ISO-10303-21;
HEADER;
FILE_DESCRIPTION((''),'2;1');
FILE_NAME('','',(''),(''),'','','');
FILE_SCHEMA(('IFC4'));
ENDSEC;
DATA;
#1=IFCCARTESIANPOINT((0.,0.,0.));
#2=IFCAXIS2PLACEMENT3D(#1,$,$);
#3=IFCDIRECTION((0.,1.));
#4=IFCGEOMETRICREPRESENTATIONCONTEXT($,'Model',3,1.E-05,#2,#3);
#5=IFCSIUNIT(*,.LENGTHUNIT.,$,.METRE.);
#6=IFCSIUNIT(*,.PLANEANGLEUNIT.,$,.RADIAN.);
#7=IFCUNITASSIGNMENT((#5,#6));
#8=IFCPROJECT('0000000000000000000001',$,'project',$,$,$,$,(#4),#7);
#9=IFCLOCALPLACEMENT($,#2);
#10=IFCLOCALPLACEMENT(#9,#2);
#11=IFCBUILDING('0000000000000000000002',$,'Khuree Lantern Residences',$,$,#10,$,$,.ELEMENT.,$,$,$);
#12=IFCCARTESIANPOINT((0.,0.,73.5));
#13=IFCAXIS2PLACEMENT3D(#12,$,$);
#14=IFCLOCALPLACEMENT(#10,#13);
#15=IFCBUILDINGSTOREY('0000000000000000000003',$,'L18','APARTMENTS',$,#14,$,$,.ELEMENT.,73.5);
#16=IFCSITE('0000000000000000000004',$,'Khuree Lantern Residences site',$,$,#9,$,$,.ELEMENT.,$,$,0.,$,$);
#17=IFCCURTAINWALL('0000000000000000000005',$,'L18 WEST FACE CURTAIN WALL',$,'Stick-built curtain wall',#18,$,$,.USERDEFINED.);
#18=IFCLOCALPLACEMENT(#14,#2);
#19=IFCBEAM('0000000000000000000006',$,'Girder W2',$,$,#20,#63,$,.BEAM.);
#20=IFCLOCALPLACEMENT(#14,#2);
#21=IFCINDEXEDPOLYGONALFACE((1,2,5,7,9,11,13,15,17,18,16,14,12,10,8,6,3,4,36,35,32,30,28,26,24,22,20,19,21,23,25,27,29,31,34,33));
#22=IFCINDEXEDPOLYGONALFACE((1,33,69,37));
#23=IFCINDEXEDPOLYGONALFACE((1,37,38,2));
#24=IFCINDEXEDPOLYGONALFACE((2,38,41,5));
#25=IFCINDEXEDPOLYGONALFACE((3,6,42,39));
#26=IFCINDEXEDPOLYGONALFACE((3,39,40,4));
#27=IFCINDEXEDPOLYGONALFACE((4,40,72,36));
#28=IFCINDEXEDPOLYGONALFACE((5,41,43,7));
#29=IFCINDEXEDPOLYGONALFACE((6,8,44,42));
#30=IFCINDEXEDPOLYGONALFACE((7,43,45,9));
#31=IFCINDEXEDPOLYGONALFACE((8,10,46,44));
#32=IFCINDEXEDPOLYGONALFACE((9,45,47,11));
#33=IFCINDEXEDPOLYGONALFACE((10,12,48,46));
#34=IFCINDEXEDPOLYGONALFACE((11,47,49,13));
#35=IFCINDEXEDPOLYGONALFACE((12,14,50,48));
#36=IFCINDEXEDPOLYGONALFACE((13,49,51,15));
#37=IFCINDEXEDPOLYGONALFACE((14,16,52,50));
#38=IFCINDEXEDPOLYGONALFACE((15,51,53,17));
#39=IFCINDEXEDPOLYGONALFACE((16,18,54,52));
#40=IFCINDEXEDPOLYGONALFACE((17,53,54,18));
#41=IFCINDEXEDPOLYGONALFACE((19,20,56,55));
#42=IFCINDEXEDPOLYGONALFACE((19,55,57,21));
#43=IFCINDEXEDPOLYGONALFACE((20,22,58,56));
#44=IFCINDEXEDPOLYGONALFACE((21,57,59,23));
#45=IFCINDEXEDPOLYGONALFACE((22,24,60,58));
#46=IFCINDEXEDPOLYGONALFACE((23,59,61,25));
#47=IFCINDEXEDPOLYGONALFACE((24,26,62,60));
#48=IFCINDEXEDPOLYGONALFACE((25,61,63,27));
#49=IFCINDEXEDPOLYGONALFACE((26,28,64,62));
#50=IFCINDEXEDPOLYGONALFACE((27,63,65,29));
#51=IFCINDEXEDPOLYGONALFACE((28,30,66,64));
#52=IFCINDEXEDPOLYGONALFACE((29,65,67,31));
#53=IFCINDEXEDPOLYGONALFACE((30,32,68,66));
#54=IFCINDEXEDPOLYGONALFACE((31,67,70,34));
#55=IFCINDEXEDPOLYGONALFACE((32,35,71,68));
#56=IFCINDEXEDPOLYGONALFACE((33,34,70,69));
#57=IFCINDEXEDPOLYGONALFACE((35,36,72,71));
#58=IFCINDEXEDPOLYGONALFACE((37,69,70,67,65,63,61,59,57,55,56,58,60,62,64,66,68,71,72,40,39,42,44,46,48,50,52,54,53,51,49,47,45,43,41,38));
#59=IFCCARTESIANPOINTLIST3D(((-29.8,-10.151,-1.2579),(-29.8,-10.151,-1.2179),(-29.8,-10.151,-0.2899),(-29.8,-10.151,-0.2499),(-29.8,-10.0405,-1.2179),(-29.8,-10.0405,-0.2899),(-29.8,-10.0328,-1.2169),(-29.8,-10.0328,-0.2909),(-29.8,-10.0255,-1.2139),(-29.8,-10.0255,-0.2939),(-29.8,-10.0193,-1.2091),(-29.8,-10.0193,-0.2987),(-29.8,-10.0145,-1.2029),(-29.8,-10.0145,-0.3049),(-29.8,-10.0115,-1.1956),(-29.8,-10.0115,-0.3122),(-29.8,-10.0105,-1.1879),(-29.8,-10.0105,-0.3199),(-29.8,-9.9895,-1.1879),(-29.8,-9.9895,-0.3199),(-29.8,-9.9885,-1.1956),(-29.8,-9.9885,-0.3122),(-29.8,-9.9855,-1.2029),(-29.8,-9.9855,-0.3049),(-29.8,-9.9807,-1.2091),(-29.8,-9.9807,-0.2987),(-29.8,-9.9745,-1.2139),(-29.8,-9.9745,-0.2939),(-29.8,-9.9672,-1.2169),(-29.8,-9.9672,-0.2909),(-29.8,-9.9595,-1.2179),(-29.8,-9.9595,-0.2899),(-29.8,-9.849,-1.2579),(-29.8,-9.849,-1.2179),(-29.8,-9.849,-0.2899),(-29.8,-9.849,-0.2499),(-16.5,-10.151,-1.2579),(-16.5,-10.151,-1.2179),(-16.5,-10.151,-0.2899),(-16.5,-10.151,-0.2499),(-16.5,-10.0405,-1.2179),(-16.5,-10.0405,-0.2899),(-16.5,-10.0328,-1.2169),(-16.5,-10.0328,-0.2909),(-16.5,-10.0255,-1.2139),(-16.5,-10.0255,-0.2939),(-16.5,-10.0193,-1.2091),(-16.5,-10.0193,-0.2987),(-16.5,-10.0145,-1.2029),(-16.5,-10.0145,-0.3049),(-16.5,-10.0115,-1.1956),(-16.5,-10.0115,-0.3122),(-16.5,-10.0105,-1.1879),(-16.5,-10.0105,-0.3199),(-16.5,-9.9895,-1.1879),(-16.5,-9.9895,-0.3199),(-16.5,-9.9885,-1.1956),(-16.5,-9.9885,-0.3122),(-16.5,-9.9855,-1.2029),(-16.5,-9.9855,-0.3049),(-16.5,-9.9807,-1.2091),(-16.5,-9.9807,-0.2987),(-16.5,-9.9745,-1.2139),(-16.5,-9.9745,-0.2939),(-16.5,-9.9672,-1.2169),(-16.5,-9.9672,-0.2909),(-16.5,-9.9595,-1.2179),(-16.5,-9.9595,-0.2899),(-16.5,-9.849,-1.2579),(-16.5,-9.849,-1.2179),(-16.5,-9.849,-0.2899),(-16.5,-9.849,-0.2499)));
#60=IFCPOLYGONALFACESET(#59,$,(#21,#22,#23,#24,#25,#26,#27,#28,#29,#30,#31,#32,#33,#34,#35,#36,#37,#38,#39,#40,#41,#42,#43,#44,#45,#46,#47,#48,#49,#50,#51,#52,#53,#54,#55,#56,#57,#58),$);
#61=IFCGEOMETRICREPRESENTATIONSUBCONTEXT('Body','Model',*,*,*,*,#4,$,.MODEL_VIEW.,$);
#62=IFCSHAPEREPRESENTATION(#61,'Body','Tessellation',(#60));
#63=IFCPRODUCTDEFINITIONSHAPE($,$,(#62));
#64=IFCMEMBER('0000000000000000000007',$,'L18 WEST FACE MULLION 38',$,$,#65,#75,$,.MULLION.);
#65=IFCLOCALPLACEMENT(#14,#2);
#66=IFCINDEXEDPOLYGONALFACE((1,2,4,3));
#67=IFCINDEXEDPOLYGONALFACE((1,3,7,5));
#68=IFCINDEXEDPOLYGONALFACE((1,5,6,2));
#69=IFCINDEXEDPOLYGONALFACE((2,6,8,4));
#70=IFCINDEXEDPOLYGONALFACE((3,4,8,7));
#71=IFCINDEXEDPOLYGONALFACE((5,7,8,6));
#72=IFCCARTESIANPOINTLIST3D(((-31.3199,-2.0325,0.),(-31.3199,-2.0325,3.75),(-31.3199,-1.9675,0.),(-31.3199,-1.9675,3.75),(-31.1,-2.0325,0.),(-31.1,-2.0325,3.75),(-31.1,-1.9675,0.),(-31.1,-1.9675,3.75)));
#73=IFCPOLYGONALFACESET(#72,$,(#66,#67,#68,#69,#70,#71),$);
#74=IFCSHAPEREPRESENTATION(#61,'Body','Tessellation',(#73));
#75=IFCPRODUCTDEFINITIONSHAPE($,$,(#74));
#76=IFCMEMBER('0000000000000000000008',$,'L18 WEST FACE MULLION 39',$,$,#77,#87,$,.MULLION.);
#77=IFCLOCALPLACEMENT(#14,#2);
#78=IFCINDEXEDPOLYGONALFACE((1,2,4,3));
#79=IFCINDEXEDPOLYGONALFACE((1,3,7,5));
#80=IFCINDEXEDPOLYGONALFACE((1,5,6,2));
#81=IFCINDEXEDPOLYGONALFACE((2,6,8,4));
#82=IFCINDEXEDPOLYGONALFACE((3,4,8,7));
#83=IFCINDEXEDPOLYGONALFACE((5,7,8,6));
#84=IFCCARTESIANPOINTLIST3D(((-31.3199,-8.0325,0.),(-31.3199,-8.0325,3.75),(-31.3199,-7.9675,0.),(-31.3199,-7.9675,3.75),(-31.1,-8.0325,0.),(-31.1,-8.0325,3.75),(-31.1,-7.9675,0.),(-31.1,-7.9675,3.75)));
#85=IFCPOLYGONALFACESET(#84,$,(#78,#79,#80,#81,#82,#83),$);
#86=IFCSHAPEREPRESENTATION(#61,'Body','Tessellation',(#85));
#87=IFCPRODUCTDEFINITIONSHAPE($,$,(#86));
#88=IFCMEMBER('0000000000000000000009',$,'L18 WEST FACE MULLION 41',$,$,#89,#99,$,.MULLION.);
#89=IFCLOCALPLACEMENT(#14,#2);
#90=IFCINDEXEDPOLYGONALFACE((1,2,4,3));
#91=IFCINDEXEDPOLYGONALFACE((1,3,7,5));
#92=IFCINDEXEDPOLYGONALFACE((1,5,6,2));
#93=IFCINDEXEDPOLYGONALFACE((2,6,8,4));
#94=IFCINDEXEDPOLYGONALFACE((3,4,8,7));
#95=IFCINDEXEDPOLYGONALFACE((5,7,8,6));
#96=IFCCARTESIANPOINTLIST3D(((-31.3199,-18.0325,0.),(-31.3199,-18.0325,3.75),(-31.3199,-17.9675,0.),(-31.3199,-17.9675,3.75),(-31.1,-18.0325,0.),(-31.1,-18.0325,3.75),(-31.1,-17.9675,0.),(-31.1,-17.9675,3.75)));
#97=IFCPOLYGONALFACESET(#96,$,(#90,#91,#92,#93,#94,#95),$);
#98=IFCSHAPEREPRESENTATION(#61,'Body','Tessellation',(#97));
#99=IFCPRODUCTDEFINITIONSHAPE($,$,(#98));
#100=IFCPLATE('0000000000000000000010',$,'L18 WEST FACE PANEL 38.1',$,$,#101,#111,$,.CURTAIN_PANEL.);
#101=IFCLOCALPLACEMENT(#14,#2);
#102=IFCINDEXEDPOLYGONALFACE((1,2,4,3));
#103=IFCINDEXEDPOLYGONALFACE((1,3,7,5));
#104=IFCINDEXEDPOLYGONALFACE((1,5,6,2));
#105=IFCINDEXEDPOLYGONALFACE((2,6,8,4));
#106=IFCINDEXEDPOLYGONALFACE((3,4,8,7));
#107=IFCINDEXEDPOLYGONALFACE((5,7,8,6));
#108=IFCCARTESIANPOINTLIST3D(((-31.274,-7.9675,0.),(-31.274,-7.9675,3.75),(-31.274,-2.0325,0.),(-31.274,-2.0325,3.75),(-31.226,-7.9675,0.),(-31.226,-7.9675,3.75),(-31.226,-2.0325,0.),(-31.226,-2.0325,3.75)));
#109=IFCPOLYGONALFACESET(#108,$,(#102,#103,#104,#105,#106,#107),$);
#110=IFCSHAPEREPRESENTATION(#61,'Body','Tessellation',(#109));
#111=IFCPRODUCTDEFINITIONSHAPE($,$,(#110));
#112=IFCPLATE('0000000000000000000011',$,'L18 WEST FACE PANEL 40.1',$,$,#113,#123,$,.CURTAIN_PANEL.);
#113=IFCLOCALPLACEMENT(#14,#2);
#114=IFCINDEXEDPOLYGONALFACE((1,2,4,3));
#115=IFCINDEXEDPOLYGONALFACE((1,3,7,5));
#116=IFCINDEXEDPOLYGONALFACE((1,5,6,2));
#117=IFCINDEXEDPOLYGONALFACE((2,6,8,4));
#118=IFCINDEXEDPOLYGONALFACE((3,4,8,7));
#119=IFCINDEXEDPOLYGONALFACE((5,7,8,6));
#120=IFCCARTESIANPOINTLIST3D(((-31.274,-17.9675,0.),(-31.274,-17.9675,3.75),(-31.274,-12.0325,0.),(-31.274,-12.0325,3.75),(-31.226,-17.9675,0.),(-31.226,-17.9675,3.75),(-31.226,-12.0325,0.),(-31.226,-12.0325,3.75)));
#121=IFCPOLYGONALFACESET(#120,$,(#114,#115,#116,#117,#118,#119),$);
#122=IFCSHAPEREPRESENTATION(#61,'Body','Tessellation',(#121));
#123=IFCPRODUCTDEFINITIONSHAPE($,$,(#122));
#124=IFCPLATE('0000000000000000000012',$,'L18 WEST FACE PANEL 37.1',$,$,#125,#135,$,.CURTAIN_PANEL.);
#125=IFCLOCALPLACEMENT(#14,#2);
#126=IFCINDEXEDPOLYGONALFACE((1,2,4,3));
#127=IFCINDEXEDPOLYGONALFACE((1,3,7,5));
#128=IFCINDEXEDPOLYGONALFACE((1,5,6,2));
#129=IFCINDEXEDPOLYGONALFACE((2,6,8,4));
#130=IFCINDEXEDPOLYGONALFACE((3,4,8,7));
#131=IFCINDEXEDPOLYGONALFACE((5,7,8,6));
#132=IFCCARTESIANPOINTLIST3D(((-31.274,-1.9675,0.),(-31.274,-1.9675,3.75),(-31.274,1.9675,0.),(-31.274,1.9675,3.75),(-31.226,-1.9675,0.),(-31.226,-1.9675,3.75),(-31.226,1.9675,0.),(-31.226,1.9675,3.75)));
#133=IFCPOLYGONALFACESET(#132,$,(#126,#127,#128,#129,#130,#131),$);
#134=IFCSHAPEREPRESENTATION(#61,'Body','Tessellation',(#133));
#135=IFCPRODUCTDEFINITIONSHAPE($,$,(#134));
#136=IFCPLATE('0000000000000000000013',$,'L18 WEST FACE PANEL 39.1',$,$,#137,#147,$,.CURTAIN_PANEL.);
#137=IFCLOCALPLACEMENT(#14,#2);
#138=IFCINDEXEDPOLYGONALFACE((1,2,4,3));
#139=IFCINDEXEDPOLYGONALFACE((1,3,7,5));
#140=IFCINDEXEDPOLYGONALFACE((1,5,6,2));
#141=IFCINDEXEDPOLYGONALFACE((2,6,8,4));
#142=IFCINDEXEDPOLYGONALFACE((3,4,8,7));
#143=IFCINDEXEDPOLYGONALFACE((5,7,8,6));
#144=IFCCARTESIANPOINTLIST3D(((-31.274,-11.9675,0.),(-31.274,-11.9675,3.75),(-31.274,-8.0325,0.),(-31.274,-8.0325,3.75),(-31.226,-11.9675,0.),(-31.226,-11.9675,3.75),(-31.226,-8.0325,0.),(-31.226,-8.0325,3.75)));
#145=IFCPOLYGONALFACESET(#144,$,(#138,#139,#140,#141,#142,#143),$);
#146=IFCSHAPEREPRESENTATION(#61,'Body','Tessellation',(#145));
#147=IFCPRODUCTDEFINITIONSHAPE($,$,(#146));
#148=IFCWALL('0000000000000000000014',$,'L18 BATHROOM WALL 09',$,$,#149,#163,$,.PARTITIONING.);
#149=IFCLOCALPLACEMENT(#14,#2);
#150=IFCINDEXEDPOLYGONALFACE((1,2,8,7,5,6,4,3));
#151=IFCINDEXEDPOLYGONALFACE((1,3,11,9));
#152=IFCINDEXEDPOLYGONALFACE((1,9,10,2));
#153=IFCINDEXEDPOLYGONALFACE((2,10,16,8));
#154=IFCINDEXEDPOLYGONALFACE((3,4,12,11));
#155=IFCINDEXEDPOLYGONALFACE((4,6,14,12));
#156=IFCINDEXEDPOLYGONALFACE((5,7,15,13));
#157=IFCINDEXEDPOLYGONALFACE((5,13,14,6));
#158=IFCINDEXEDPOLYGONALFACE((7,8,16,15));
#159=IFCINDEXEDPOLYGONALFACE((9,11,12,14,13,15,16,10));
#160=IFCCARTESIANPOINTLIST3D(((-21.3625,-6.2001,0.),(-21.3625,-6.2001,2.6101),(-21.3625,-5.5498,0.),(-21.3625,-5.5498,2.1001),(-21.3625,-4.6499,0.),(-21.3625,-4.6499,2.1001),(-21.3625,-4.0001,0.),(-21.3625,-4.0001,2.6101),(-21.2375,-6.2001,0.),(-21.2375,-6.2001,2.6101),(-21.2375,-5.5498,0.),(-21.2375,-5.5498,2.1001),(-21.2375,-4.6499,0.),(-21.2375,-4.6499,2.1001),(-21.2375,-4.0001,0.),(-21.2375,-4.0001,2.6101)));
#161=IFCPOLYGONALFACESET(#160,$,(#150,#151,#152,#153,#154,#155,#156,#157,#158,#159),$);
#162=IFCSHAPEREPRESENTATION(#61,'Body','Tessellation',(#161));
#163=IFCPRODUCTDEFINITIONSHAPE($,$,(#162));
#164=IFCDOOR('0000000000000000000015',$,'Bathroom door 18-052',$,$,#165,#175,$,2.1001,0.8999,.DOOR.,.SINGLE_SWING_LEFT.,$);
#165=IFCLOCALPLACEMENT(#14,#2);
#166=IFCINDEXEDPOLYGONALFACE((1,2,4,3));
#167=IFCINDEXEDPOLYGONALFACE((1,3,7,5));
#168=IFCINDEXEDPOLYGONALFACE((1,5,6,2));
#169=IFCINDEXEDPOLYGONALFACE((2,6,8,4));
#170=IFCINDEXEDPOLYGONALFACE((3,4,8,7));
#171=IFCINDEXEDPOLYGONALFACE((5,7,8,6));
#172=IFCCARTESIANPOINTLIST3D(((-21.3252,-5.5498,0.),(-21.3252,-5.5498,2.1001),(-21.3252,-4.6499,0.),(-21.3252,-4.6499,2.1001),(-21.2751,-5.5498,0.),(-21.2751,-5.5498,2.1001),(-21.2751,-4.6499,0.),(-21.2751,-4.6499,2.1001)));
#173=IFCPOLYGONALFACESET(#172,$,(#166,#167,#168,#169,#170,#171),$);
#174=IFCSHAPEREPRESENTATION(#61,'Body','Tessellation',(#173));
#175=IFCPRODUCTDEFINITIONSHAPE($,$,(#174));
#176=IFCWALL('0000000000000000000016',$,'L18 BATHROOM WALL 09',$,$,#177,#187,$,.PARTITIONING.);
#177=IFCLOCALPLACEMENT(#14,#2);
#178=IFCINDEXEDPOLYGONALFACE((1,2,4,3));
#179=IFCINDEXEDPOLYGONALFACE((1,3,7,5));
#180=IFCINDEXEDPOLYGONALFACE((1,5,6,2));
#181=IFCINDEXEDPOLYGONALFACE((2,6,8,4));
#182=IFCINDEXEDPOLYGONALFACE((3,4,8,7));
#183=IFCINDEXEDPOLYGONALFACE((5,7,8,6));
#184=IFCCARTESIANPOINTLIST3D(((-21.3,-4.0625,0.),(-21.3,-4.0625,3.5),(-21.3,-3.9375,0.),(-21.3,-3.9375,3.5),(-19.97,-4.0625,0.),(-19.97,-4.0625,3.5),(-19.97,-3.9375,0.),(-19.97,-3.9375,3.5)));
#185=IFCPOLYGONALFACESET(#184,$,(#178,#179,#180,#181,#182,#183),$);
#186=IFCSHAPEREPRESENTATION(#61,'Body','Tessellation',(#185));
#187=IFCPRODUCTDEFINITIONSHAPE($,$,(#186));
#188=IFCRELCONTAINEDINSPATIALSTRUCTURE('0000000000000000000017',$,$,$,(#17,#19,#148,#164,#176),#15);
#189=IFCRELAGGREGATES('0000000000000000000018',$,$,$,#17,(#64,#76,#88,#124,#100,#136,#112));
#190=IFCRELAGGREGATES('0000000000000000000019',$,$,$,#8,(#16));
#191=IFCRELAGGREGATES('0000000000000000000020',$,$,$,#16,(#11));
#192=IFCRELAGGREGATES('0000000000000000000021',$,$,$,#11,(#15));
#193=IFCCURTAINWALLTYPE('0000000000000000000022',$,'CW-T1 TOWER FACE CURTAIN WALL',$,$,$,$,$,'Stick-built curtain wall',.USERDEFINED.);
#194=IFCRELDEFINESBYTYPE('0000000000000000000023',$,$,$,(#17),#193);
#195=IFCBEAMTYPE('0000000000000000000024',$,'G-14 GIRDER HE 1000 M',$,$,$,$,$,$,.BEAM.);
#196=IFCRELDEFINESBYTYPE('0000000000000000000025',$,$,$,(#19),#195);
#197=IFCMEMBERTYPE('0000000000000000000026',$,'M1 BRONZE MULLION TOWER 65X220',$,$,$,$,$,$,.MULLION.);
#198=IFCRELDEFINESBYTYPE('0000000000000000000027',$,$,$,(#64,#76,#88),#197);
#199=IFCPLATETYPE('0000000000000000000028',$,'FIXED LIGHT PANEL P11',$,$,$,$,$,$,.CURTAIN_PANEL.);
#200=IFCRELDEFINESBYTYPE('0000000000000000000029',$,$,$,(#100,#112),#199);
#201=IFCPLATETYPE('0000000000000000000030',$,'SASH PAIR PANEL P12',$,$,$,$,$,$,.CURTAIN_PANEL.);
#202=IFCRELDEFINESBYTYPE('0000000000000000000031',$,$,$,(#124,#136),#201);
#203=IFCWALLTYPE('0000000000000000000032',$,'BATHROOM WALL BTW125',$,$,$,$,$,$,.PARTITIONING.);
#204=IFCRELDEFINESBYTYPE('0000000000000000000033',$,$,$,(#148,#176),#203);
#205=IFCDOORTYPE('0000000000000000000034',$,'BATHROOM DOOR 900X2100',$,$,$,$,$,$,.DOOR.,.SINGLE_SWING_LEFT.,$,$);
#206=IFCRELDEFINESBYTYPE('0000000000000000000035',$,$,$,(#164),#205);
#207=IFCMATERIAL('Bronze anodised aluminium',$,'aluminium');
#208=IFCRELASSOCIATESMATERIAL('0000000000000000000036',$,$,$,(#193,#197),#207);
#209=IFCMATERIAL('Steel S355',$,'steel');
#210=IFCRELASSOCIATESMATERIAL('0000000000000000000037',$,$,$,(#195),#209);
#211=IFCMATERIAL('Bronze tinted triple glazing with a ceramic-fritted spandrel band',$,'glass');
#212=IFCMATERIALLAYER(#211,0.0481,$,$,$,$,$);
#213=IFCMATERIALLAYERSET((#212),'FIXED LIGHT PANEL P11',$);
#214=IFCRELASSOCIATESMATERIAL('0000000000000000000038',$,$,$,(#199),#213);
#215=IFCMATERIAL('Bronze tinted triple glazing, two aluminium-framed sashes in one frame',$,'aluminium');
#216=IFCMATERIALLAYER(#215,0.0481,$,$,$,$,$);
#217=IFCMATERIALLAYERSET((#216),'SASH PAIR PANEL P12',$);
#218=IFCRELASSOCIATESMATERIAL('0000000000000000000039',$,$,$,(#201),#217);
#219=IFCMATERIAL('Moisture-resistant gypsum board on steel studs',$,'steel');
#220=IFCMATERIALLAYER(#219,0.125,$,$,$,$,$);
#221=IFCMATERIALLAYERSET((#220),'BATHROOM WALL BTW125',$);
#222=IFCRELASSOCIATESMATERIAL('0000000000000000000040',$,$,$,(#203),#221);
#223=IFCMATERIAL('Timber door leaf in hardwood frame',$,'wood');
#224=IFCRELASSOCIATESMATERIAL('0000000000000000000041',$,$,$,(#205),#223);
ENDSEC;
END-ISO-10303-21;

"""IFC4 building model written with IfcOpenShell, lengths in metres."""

from ifc_helpers import new_model, si_unit, direction, frame, frame_2d, origin, origin_2d, place, context, subcontext, project, spatial, rectangle, i_section, extrude, material, layer, layer_set, material_profile, profile_set, type_object, element, fill, aggregate, save


model = new_model("IFC4")

# Units and contexts
model_context = context("Model", 3, precision=1e-05, world=origin(), true_north=direction((0.0, 1.0)))
body_context = subcontext(model_context, "Body", "Model", "MODEL_VIEW")
ifc_project = project(units=[si_unit("LENGTHUNIT", "METRE"), si_unit("PLANEANGLEUNIT", "RADIAN")], contexts=[model_context])

# Site, building, storey
site_placement = place(None, origin())
site = spatial("IfcSite", under=ifc_project, at=site_placement, Name="Khuree Lantern Residences site", CompositionType="ELEMENT", RefElevation=0.0)
building_placement = place(site_placement, origin())
building = spatial("IfcBuilding", under=site, at=building_placement, Name="Khuree Lantern Residences", CompositionType="ELEMENT")
storey_placement = place(building_placement, frame((0.0, 0.0, 73.5)))
storey = spatial("IfcBuildingStorey", under=building, at=storey_placement, Name="L18", Description="APARTMENTS", CompositionType="ELEMENT", Elevation=73.5)

# Shared definitions
ifc_material_1 = material(Name="Steel S355", Category="steel")

# Curtain wall
ifc_material_2 = material(Name="Bronze anodised aluminium", Category="aluminium")
curtain_wall_type = type_object("IfcCurtainWallType", Name="CW-T1 TOWER FACE CURTAIN WALL", ElementType="Stick-built curtain wall", PredefinedType="USERDEFINED", material=ifc_material_2)
curtain_wall_placement = place(storey_placement, origin())
curtain_wall = element("IfcCurtainWall", 1, at=curtain_wall_placement, inside=storey, type_object=curtain_wall_type, Name="L18 WEST FACE CURTAIN WALL", ObjectType="Stick-built curtain wall", PredefinedType="USERDEFINED")

# Beam
ifc_material_profile_1 = material_profile(ifc_material_1, i_section(OverallWidth=0.302, OverallDepth=1.0081, WebThickness=0.021, FlangeThickness=0.04, FilletRadius=0.03, at=origin_2d()), Name="HE 1000 M")
ifc_profile_set_1 = profile_set([ifc_material_profile_1], Name="Steel S355")
beam_type_1 = type_object("IfcBeamType", Name="G-14 GIRDER HE 1000 M", PredefinedType="BEAM", material=ifc_profile_set_1)
beam_1_placement = place(storey_placement, frame((-29.8, -10.0, -0.7539), z_axis=(1.0, 0.0, 0.0), x_axis=(0.0, 1.0, 0.0)))
element("IfcBeam", 2, at=beam_1_placement, inside=storey, type_object=beam_type_1, Name="Girder W2", PredefinedType="BEAM", context=body_context, shape_type="SweptSolid", body=[
    extrude(i_section(OverallWidth=0.302, OverallDepth=1.0081, WebThickness=0.021, FlangeThickness=0.04, FilletRadius=0.03, at=origin_2d()), origin(), (0.0, 0.0, 1.0), 13.3),
])

# Members
ifc_material_profile_2 = material_profile(ifc_material_2, rectangle(XDim=0.0649, YDim=0.22, at=origin_2d()), Name="M1 65X220")
ifc_profile_set_2 = profile_set([ifc_material_profile_2], Name="Bronze anodised aluminium")
member_type_1 = type_object("IfcMemberType", Name="M1 BRONZE MULLION TOWER 65X220", PredefinedType="MULLION", material=ifc_profile_set_2)
member_1_placement = place(storey_placement, frame((-31.21, -2.0, 0.0), z_axis=(0.0, 0.0, 1.0), x_axis=(0.0, -1.0, 0.0)))
member_1 = element("IfcMember", 3, at=member_1_placement, type_object=member_type_1, Name="L18 WEST FACE MULLION 38", PredefinedType="MULLION", context=body_context, shape_type="SweptSolid", body=[
    extrude(rectangle(XDim=0.0649, YDim=0.22, at=origin_2d()), origin(), (0.0, 0.0, 1.0), 3.75),
])
member_2_placement = place(storey_placement, frame((-31.21, -8.0, 0.0), z_axis=(0.0, 0.0, 1.0), x_axis=(0.0, -1.0, 0.0)))
member_2 = element("IfcMember", 4, at=member_2_placement, type_object=member_type_1, Name="L18 WEST FACE MULLION 39", PredefinedType="MULLION", context=body_context, shape_type="SweptSolid", body=[
    extrude(rectangle(XDim=0.0649, YDim=0.22, at=origin_2d()), origin(), (0.0, 0.0, 1.0), 3.75),
])
member_3_placement = place(storey_placement, frame((-31.21, -18.0, 0.0), z_axis=(0.0, 0.0, 1.0), x_axis=(0.0, -1.0, 0.0)))
member_3 = element("IfcMember", 5, at=member_3_placement, type_object=member_type_1, Name="L18 WEST FACE MULLION 41", PredefinedType="MULLION", context=body_context, shape_type="SweptSolid", body=[
    extrude(rectangle(XDim=0.0649, YDim=0.22, at=origin_2d()), origin(), (0.0, 0.0, 1.0), 3.75),
])

# Plates
ifc_material_3 = material(Name="Bronze tinted triple glazing with a ceramic-fritted spandrel band", Category="glass")
ifc_layer_1 = layer(ifc_material_3, 0.0481)
ifc_layer_set_1 = layer_set([ifc_layer_1], Name="FIXED LIGHT PANEL P11")
plate_type_1 = type_object("IfcPlateType", Name="FIXED LIGHT PANEL P11", PredefinedType="CURTAIN_PANEL", material=ifc_layer_set_1)
plate_1_placement = place(storey_placement, frame((-31.25, -5.0, 0.0), z_axis=(0.0, 0.0, 1.0), x_axis=(0.0, -1.0, 0.0)))
plate_1 = element("IfcPlate", 6, at=plate_1_placement, type_object=plate_type_1, Name="L18 WEST FACE PANEL 38.1", PredefinedType="CURTAIN_PANEL", context=body_context, shape_type="SweptSolid", body=[
    extrude(rectangle(XDim=5.9351, YDim=0.0481, at=origin_2d()), origin(), (0.0, 0.0, 1.0), 3.75),
])
plate_2_placement = place(storey_placement, frame((-31.25, -15.0, 0.0), z_axis=(0.0, 0.0, 1.0), x_axis=(0.0, -1.0, 0.0)))
plate_2 = element("IfcPlate", 7, at=plate_2_placement, type_object=plate_type_1, Name="L18 WEST FACE PANEL 40.1", PredefinedType="CURTAIN_PANEL", context=body_context, shape_type="SweptSolid", body=[
    extrude(rectangle(XDim=5.9351, YDim=0.0481, at=origin_2d()), origin(), (0.0, 0.0, 1.0), 3.75),
])
ifc_material_4 = material(Name="Bronze tinted triple glazing, two aluminium-framed sashes in one frame", Category="aluminium")
ifc_layer_2 = layer(ifc_material_4, 0.0481)
ifc_layer_set_2 = layer_set([ifc_layer_2], Name="SASH PAIR PANEL P12")
plate_type_2 = type_object("IfcPlateType", Name="SASH PAIR PANEL P12", PredefinedType="CURTAIN_PANEL", material=ifc_layer_set_2)
plate_3_placement = place(storey_placement, frame((-31.25, 0.0, 0.0), z_axis=(0.0, 0.0, 1.0), x_axis=(0.0, -1.0, 0.0)))
plate_3 = element("IfcPlate", 8, at=plate_3_placement, type_object=plate_type_2, Name="L18 WEST FACE PANEL 37.1", PredefinedType="CURTAIN_PANEL", context=body_context, shape_type="SweptSolid", body=[
    extrude(rectangle(XDim=3.9351, YDim=0.0481, at=origin_2d()), origin(), (0.0, 0.0, 1.0), 3.75),
])
plate_4_placement = place(storey_placement, frame((-31.25, -10.0, 0.0), z_axis=(0.0, 0.0, 1.0), x_axis=(0.0, -1.0, 0.0)))
plate_4 = element("IfcPlate", 9, at=plate_4_placement, type_object=plate_type_2, Name="L18 WEST FACE PANEL 39.1", PredefinedType="CURTAIN_PANEL", context=body_context, shape_type="SweptSolid", body=[
    extrude(rectangle(XDim=3.9351, YDim=0.0481, at=origin_2d()), origin(), (0.0, 0.0, 1.0), 3.75),
])
aggregate(curtain_wall, [member_1, member_2, member_3, plate_3, plate_1, plate_4, plate_2])

# Wall, opening, door
ifc_material_5 = material(Name="Moisture-resistant gypsum board on steel studs", Category="steel")
ifc_layer_3 = layer(ifc_material_5, 0.125)
ifc_layer_set_3 = layer_set([ifc_layer_3], Name="BATHROOM WALL BTW125")
wall_type_1 = type_object("IfcWallType", Name="BATHROOM WALL BTW125", PredefinedType="PARTITIONING", material=ifc_layer_set_3)
wall_1_placement = place(storey_placement, frame((-21.3, -4.0, 0.0), z_axis=(0.0, 0.0, 1.0), x_axis=(0.0, -1.0, 0.0)))
wall_1 = element("IfcWall", 10, at=wall_1_placement, inside=storey, type_object=wall_type_1, Name="L18 BATHROOM WALL 09", PredefinedType="PARTITIONING", context=body_context, shape_type="SweptSolid", body=[
    extrude(rectangle(XDim=2.2, YDim=0.125, at=frame_2d((1.1001, 0.0))), origin(), (0.0, 0.0, 1.0), 2.6101),
])
opening_1_placement = place(wall_1_placement, frame((0.6499, 0.0, 0.0)))
opening_1 = element("IfcOpeningElement", 11, at=opening_1_placement, cuts=wall_1, PredefinedType="OPENING", context=body_context, shape_type="SweptSolid", body=[
    extrude(rectangle(XDim=0.8999, YDim=2.1001, at=frame_2d((0.45, 1.05))), frame((0.0, 0.0725, 0.0), z_axis=(0.0, -1.0, 0.0), x_axis=(1.0, 0.0, 0.0)), (0.0, 0.0, 1.0), 0.145),
])
ifc_material_6 = material(Name="Timber door leaf in hardwood frame", Category="wood")
door_type_1 = type_object("IfcDoorType", Name="BATHROOM DOOR 900X2100", OperationType="SINGLE_SWING_LEFT", PredefinedType="DOOR", material=ifc_material_6)
door_1_placement = place(opening_1_placement, origin())
door_1 = element("IfcDoor", 12, at=door_1_placement, inside=storey, type_object=door_type_1, Name="Bathroom door 18-052", OperationType="SINGLE_SWING_LEFT", OverallHeight=2.1001, OverallWidth=0.8999, PredefinedType="DOOR", context=body_context, shape_type="SweptSolid", body=[
    extrude(rectangle(XDim=0.8999, YDim=2.1001, at=frame_2d((0.45, 1.05))), frame((0.0, 0.0249, 0.0), z_axis=(0.0, -1.0, 0.0), x_axis=(1.0, 0.0, 0.0)), (0.0, 0.0, 1.0), 0.05),
])
fill(opening_1, door_1)

# Wall
wall_2_placement = place(storey_placement, frame((-19.97, -4.0, 0.0), z_axis=(0.0, 0.0, 1.0), x_axis=(-1.0, 0.0, 0.0)))
element("IfcWall", 13, at=wall_2_placement, inside=storey, type_object=wall_type_1, Name="L18 BATHROOM WALL 09", PredefinedType="PARTITIONING", context=body_context, shape_type="SweptSolid", body=[
    extrude(rectangle(XDim=1.3301, YDim=0.125, at=frame_2d((0.665, 0.0))), origin(), (0.0, 0.0, 1.0), 3.5),
])

save(model, "model.ifc")
